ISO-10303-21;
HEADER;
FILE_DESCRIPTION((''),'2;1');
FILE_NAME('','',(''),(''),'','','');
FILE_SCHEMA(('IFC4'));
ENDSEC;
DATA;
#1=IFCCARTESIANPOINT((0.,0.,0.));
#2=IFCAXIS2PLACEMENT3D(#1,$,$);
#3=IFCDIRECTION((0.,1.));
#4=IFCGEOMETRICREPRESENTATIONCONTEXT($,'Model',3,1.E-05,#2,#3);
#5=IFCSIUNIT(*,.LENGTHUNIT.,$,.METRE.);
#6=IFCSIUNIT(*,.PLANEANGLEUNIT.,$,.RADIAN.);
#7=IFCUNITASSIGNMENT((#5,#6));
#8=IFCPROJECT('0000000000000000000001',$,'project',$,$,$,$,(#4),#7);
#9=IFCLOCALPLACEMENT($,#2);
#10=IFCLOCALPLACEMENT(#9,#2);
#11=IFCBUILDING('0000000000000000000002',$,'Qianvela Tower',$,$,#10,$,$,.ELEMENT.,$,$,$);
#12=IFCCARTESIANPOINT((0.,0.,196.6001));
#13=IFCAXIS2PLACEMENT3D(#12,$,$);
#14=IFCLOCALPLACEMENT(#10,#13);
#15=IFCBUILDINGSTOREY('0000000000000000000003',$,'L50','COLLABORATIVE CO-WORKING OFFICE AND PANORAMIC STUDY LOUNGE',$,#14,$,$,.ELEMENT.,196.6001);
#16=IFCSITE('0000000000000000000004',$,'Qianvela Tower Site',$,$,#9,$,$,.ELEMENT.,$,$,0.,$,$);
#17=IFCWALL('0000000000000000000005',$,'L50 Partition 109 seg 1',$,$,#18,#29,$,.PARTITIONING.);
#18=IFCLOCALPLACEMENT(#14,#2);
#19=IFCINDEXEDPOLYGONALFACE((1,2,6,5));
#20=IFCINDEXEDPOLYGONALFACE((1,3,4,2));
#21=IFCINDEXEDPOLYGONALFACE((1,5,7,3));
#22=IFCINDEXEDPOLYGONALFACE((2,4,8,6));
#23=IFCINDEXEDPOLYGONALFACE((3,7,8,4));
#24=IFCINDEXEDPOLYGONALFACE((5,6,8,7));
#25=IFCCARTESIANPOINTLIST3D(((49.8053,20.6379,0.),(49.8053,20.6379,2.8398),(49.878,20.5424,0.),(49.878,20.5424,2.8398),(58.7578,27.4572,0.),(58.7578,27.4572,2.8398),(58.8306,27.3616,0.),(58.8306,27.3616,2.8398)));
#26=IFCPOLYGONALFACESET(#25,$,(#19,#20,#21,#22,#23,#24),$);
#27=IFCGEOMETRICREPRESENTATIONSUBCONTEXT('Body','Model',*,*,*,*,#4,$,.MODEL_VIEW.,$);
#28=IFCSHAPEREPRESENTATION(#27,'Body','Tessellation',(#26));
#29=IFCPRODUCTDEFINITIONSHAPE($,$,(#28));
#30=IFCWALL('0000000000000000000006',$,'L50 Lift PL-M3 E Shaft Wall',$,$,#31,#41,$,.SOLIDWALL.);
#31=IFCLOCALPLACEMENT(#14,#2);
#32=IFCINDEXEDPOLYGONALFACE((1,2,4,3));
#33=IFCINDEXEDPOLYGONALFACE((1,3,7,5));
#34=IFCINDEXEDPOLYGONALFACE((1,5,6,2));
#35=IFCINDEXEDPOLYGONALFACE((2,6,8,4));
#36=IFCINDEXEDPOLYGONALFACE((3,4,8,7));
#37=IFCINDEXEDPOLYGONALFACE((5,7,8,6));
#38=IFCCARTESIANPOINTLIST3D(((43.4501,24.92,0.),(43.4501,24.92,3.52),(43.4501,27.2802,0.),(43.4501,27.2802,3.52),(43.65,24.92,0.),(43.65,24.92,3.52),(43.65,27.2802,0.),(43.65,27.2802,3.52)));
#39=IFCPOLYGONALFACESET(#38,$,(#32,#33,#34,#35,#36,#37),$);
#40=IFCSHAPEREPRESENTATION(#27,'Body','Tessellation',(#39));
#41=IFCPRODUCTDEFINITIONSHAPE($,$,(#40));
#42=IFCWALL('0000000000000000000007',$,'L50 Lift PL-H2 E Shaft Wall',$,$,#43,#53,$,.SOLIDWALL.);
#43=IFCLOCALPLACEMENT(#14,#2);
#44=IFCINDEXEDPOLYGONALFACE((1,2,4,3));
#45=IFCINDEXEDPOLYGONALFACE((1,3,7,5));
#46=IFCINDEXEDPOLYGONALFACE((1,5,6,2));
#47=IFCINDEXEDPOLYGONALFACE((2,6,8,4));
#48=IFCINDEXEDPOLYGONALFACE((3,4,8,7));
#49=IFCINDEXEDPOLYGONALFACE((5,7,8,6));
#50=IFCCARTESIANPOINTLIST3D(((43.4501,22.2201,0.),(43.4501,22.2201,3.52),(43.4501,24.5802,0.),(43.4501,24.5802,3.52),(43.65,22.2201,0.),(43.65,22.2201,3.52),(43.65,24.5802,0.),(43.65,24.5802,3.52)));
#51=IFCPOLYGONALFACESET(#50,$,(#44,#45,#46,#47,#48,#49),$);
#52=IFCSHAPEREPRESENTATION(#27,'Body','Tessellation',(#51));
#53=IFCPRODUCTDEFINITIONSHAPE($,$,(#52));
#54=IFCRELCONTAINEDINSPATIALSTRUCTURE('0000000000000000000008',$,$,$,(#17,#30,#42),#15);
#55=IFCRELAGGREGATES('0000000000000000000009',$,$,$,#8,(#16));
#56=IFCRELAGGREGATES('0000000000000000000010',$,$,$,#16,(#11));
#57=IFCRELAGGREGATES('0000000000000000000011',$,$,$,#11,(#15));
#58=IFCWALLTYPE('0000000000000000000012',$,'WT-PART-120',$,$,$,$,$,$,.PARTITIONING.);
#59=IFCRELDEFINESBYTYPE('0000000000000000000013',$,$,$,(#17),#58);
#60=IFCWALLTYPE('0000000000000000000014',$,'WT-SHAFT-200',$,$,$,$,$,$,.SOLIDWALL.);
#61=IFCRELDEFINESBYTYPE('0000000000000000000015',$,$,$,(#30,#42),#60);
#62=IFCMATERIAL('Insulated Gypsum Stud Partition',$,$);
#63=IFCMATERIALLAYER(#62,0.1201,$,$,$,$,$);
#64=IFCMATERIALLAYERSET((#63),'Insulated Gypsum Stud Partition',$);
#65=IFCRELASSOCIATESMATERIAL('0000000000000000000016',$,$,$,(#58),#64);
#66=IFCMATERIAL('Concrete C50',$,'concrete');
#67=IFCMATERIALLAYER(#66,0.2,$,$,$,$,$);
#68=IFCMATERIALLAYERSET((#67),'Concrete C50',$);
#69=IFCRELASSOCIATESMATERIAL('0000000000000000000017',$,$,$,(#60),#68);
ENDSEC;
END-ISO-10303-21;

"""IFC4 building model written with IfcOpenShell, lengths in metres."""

from ifc_helpers import new_model, si_unit, direction, frame, frame_2d, origin, place, context, subcontext, project, spatial, rectangle, extrude, material, layer, layer_set, type_object, element, save


model = new_model("IFC4")

# Units and contexts
model_context = context("Model", 3, precision=1e-05, world=origin(), true_north=direction((0.0, 1.0)))
body_context = subcontext(model_context, "Body", "Model", "MODEL_VIEW")
ifc_project = project(units=[si_unit("LENGTHUNIT", "METRE"), si_unit("PLANEANGLEUNIT", "RADIAN")], contexts=[model_context])

# Site, building, storey
site_placement = place(None, origin())
site = spatial("IfcSite", under=ifc_project, at=site_placement, Name="Qianvela Tower Site", CompositionType="ELEMENT", RefElevation=0.0)
building_placement = place(site_placement, origin())
building = spatial("IfcBuilding", under=site, at=building_placement, Name="Qianvela Tower", CompositionType="ELEMENT")
storey_placement = place(building_placement, frame((0.0, 0.0, 196.6001)))
storey = spatial("IfcBuildingStorey", under=building, at=storey_placement, Name="L50", Description="COLLABORATIVE CO-WORKING OFFICE AND PANORAMIC STUDY LOUNGE", CompositionType="ELEMENT", Elevation=196.6001)

# Walls
ifc_material_1 = material(Name="Insulated Gypsum Stud Partition")
ifc_layer_1 = layer(ifc_material_1, 0.1201)
ifc_layer_set_1 = layer_set([ifc_layer_1], Name="Insulated Gypsum Stud Partition")
wall_type_1 = type_object("IfcWallType", Name="WT-PART-120", PredefinedType="PARTITIONING", material=ifc_layer_set_1)
wall_1_placement = place(storey_placement, frame((58.7942, 27.4094, 0.0), z_axis=(0.0, 0.0, 1.0), x_axis=(-0.795505, -0.605946, 0.0)))
element("IfcWall", 1, at=wall_1_placement, inside=storey, type_object=wall_type_1, Name="L50 Partition 109 seg 1", PredefinedType="PARTITIONING", context=body_context, shape_type="SweptSolid", body=[
    extrude(rectangle(XDim=11.2539, YDim=0.1201, at=frame_2d((5.627, 0.0))), origin(), (0.0, 0.0, 1.0), 2.8398),
])
ifc_material_2 = material(Name="Concrete C50", Category="concrete")
ifc_layer_2 = layer(ifc_material_2, 0.2)
ifc_layer_set_2 = layer_set([ifc_layer_2], Name="Concrete C50")
wall_type_2 = type_object("IfcWallType", Name="WT-SHAFT-200", PredefinedType="SOLIDWALL", material=ifc_layer_set_2)
for number, where, z_axis, x_axis, name in (
    (2, (43.55, 24.9199, 0.0), (0.0, 0.0, 1.0), (0.0, 1.0, 0.0), "L50 Lift PL-M3 E Shaft Wall"),
    (3, (43.55, 22.22, 0.0), (0.0, 0.0, 1.0), (0.0, 1.0, 0.0), "L50 Lift PL-H2 E Shaft Wall"),
):
    element("IfcWall", number, at=place(storey_placement, frame(where, z_axis=z_axis, x_axis=x_axis)), inside=storey, type_object=wall_type_2, Name=name, PredefinedType="SOLIDWALL", context=body_context, shape_type="SweptSolid", body=[
        extrude(rectangle(XDim=2.3601, YDim=0.2, at=frame_2d((1.1802, 0.0))), origin(), (0.0, 0.0, 1.0), 3.52),
    ])

save(model, "model.ifc")
